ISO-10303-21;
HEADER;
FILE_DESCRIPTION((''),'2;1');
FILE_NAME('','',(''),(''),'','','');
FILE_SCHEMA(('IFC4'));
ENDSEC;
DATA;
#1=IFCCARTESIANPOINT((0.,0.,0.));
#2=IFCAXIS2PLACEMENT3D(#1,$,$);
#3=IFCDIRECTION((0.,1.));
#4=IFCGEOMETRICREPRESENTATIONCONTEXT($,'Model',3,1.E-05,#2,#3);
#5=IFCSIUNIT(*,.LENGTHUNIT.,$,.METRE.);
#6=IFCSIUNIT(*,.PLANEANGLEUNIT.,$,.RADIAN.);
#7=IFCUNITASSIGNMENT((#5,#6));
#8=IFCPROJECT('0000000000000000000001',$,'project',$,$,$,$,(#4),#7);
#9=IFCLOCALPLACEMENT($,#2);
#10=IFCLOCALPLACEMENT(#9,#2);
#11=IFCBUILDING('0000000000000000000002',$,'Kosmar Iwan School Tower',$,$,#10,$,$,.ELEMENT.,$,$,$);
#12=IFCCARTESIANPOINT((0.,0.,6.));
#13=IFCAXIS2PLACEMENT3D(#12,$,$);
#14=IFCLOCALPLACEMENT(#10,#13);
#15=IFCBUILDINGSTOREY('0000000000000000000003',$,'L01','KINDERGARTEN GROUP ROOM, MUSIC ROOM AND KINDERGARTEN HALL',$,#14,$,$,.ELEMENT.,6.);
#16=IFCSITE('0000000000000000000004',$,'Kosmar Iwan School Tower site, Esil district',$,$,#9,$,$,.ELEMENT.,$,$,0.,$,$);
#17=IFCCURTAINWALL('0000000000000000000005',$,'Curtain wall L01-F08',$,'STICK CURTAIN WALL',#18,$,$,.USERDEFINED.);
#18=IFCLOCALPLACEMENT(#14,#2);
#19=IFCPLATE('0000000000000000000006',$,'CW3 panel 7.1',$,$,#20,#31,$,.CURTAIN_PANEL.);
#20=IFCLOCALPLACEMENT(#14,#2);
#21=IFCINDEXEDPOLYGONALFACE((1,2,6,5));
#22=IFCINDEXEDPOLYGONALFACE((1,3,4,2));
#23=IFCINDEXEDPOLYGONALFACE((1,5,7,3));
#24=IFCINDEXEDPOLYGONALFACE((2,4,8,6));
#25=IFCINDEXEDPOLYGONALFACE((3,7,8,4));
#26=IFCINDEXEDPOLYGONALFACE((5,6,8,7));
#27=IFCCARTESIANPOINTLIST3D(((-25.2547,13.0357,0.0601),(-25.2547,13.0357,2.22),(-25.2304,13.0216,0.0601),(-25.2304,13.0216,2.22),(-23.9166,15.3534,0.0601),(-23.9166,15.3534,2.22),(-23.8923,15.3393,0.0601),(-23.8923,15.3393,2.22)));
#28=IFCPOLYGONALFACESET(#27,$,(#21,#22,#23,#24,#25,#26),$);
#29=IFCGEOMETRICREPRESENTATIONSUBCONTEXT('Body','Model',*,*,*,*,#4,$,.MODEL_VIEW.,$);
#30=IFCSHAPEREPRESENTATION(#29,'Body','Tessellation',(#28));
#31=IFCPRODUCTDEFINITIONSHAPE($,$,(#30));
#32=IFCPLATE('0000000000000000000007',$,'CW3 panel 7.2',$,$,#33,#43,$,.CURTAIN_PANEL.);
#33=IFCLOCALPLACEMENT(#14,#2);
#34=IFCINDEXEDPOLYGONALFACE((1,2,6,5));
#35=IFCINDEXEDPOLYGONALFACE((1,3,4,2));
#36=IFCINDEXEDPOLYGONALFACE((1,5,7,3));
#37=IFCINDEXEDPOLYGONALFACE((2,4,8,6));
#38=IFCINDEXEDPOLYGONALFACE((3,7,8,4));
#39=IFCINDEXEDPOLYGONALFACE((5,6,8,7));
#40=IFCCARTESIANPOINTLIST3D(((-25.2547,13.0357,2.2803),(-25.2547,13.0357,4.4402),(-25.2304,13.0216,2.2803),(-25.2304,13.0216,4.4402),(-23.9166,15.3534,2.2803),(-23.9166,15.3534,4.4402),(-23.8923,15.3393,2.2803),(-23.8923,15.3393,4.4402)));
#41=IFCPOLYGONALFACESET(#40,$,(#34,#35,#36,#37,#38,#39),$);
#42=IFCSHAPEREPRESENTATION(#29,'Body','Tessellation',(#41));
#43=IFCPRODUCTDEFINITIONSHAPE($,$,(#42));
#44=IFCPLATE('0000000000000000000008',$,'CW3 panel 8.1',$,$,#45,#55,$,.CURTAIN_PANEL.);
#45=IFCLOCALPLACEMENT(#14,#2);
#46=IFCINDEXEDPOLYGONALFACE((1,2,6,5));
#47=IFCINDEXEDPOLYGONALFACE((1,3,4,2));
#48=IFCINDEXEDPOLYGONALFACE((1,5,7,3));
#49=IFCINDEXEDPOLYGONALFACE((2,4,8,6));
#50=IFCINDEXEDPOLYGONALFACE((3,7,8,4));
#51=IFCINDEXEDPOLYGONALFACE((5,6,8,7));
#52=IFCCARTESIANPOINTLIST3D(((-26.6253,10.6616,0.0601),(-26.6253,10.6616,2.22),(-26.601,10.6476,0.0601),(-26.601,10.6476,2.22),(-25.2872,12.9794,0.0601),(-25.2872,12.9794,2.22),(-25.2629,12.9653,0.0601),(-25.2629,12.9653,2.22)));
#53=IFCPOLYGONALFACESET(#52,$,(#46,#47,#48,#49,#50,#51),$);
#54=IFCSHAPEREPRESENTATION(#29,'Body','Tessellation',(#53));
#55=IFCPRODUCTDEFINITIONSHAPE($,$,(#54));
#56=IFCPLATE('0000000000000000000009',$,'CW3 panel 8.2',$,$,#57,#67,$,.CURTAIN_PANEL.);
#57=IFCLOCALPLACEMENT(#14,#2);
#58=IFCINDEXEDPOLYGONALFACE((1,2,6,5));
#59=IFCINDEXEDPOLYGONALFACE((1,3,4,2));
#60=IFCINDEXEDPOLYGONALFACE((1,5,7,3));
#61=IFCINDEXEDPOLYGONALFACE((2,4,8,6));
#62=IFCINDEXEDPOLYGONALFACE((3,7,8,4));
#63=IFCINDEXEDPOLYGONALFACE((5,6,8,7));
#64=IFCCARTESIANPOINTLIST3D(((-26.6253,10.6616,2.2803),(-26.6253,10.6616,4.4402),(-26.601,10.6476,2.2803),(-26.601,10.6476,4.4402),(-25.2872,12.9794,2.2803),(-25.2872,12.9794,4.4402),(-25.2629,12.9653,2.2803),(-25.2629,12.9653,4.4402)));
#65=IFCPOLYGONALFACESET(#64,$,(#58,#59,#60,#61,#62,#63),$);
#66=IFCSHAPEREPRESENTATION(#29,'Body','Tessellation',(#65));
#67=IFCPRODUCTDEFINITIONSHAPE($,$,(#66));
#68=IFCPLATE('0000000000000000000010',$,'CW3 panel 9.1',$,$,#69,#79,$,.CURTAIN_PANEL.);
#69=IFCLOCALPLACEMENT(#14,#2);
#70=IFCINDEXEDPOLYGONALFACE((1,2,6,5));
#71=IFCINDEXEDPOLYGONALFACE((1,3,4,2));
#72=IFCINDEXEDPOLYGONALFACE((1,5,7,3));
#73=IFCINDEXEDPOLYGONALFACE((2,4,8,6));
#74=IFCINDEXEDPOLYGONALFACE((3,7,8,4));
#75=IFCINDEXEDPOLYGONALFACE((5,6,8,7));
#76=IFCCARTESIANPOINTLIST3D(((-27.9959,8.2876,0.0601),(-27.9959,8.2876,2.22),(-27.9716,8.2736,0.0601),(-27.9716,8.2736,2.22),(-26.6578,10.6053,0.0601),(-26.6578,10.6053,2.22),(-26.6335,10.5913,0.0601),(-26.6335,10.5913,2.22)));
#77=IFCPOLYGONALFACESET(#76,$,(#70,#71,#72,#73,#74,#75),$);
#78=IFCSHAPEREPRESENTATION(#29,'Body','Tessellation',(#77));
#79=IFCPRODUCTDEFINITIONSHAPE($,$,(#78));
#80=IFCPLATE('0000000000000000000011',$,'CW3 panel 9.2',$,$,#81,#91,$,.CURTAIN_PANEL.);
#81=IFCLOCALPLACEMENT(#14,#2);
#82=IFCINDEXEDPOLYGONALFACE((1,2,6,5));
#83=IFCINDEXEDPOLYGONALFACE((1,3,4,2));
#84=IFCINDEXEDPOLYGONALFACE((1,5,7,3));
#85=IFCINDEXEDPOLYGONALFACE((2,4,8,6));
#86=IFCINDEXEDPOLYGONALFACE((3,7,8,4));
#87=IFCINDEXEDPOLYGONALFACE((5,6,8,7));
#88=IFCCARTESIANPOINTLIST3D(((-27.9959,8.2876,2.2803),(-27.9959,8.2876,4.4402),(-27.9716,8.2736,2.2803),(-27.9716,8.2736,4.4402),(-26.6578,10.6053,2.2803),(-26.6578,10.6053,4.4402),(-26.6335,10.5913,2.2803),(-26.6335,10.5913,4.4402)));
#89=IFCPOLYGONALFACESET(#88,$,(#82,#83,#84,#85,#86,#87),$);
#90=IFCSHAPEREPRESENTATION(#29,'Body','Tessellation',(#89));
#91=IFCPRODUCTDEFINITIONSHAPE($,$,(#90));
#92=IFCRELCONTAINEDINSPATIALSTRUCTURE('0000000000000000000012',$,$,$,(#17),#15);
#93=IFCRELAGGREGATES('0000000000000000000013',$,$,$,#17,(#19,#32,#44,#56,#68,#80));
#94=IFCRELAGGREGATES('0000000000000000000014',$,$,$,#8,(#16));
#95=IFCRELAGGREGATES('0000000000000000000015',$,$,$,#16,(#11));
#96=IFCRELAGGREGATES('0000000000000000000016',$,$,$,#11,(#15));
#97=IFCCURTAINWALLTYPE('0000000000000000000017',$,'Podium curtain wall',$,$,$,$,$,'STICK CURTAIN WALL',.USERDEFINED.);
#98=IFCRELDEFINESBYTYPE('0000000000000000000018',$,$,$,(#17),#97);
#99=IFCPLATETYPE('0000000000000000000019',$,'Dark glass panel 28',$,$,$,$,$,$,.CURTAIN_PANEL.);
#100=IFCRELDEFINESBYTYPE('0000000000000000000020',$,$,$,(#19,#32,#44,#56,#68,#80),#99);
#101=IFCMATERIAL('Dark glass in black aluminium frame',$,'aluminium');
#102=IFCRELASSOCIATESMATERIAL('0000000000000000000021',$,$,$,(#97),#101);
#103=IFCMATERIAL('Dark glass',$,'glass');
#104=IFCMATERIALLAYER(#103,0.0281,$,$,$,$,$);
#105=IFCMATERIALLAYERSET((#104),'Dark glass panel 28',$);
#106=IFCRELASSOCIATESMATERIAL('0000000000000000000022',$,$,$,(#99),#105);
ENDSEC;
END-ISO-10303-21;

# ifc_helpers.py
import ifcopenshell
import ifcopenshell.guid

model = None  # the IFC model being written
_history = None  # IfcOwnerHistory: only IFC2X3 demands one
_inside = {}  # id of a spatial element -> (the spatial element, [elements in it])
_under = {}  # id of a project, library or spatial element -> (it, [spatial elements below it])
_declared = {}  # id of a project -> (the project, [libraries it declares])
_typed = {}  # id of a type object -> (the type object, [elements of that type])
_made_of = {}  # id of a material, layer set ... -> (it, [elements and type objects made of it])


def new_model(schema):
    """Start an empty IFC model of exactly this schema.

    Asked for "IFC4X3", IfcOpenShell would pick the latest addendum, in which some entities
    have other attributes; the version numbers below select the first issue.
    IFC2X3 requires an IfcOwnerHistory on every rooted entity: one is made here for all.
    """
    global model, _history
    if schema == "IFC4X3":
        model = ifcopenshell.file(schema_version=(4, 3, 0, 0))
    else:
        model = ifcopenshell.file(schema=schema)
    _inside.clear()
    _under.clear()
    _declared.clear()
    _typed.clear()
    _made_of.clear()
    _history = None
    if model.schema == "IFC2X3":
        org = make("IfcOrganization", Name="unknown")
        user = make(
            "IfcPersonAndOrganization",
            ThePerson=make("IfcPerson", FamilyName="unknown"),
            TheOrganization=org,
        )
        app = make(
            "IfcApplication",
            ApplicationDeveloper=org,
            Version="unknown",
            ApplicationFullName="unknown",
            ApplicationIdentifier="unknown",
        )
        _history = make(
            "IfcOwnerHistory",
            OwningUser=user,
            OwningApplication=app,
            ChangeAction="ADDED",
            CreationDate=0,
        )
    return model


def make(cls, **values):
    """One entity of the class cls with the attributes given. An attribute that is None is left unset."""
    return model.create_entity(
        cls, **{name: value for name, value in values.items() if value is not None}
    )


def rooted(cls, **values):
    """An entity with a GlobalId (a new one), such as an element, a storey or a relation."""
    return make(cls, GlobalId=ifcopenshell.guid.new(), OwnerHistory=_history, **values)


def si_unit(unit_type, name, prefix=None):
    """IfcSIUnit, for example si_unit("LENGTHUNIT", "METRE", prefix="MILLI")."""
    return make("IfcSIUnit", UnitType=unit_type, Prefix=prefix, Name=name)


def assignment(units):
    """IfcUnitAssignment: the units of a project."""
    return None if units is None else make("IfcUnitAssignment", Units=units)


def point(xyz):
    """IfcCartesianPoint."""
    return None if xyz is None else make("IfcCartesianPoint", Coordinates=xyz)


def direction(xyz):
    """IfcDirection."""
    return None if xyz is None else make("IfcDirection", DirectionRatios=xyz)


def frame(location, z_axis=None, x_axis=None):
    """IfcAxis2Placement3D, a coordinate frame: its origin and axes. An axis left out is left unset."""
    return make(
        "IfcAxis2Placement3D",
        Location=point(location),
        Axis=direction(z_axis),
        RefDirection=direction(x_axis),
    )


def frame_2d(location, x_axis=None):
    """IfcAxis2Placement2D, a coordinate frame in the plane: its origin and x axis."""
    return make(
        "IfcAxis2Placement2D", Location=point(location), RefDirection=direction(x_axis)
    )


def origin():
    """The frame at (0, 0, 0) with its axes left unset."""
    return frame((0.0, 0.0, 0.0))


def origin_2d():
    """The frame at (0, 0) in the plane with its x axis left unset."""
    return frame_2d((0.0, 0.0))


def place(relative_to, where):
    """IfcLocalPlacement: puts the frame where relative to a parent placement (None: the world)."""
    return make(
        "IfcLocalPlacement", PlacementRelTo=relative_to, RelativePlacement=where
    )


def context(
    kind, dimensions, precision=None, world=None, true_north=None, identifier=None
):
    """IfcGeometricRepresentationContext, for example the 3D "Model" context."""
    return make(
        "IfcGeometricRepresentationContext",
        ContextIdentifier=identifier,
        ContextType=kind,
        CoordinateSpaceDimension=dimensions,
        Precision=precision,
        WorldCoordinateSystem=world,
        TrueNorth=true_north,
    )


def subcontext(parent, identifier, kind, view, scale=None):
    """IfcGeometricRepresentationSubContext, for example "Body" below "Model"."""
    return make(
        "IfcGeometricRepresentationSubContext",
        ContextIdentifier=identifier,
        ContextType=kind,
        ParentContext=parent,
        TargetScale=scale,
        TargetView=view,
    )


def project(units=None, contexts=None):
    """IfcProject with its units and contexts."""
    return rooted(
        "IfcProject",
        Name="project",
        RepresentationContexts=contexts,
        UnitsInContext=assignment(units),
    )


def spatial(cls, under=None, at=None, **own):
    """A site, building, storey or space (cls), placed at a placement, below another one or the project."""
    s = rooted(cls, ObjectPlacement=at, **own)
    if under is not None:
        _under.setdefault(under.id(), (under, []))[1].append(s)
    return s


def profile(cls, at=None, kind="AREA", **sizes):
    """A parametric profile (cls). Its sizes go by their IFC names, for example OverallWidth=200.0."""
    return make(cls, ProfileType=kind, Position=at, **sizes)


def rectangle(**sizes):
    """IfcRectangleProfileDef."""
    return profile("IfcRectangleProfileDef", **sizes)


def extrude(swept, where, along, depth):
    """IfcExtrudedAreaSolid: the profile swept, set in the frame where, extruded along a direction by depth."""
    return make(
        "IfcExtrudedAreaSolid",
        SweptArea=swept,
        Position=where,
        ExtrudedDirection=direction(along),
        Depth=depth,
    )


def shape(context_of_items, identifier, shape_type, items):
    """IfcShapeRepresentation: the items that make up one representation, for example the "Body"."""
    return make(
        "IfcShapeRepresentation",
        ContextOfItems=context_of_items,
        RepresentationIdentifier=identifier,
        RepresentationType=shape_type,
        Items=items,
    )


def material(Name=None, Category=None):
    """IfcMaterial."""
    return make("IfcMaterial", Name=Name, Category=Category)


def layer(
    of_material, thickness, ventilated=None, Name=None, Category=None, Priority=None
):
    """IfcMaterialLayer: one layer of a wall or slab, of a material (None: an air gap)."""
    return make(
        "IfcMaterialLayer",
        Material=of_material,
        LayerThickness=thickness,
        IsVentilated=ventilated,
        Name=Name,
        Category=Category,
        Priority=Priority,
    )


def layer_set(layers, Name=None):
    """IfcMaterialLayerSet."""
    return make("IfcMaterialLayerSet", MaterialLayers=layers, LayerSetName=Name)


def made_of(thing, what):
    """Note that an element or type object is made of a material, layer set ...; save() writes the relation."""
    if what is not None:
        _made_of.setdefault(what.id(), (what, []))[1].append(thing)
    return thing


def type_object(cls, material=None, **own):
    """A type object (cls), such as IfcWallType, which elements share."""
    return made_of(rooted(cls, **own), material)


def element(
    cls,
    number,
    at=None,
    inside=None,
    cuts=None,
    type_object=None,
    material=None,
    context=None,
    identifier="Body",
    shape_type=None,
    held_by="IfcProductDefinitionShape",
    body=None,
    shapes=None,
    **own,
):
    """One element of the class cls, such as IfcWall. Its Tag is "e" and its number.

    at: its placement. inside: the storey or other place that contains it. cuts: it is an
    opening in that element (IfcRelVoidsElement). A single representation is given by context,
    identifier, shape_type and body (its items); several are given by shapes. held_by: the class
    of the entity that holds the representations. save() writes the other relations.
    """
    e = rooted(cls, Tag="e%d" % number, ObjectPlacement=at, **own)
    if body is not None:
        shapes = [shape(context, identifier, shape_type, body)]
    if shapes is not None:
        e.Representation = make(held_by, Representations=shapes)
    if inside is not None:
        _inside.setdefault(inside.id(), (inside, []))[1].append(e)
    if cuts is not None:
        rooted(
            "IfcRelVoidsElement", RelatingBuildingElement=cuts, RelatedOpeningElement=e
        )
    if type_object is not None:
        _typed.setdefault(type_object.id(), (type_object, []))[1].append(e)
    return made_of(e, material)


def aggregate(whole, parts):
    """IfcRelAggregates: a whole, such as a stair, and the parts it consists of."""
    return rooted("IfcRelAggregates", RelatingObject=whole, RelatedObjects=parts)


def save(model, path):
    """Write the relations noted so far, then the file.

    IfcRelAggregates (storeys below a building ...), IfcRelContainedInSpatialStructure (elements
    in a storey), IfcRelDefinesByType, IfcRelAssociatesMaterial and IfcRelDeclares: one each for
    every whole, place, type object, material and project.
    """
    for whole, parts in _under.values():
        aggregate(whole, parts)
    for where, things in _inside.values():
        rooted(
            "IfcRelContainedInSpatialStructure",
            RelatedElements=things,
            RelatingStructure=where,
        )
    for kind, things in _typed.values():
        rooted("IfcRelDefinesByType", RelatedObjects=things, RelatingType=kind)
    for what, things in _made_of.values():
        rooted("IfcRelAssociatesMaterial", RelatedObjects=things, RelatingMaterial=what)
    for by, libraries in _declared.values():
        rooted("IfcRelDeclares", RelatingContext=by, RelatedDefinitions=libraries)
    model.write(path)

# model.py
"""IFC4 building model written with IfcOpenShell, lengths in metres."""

from ifc_helpers import new_model, si_unit, direction, frame, origin, origin_2d, place, context, subcontext, project, spatial, rectangle, extrude, material, layer, layer_set, type_object, element, aggregate, save


model = new_model("IFC4")

# Units and contexts
model_context = context("Model", 3, precision=1e-05, world=origin(), true_north=direction((0.0, 1.0)))
body_context = subcontext(model_context, "Body", "Model", "MODEL_VIEW")
ifc_project = project(units=[si_unit("LENGTHUNIT", "METRE"), si_unit("PLANEANGLEUNIT", "RADIAN")], contexts=[model_context])

# Site, building, storey
site_placement = place(None, origin())
site = spatial("IfcSite", under=ifc_project, at=site_placement, Name="Kosmar Iwan School Tower site, Esil district", CompositionType="ELEMENT", RefElevation=0.0)
building_placement = place(site_placement, origin())
building = spatial("IfcBuilding", under=site, at=building_placement, Name="Kosmar Iwan School Tower", CompositionType="ELEMENT")
storey_placement = place(building_placement, frame((0.0, 0.0, 6.0)))
storey = spatial("IfcBuildingStorey", under=building, at=storey_placement, Name="L01", Description="KINDERGARTEN GROUP ROOM, MUSIC ROOM AND KINDERGARTEN HALL", CompositionType="ELEMENT", Elevation=6.0)

# Curtain wall, plates
ifc_material_1 = material(Name="Dark glass in black aluminium frame", Category="aluminium")
curtain_wall_type = type_object("IfcCurtainWallType", Name="Podium curtain wall", ElementType="STICK CURTAIN WALL", PredefinedType="USERDEFINED", material=ifc_material_1)
curtain_wall_placement = place(storey_placement, origin())
curtain_wall = element("IfcCurtainWall", 1, at=curtain_wall_placement, inside=storey, type_object=curtain_wall_type, Name="Curtain wall L01-F08", ObjectType="STICK CURTAIN WALL", PredefinedType="USERDEFINED")
ifc_material_2 = material(Name="Dark glass", Category="glass")
ifc_layer = layer(ifc_material_2, 0.0281)
ifc_layer_set = layer_set([ifc_layer], Name="Dark glass panel 28")
plate_type = type_object("IfcPlateType", Name="Dark glass panel 28", PredefinedType="CURTAIN_PANEL", material=ifc_layer_set)
plate_1_placement = place(storey_placement, frame((-24.5735, 14.1875, 0.0601), z_axis=(0.0, 0.0, 1.0), x_axis=(-0.5, -0.866025, 0.0)))
plate_1 = element("IfcPlate", 2, at=plate_1_placement, type_object=plate_type, Name="CW3 panel 7.1", PredefinedType="CURTAIN_PANEL", context=body_context, shape_type="SweptSolid", body=[
    extrude(rectangle(XDim=2.6763, YDim=0.0281, at=origin_2d()), origin(), (0.0, 0.0, 1.0), 2.1599),
])
plate_2_placement = place(storey_placement, frame((-24.5735, 14.1875, 2.2803), z_axis=(0.0, 0.0, 1.0), x_axis=(-0.5, -0.866025, 0.0)))
plate_2 = element("IfcPlate", 3, at=plate_2_placement, type_object=plate_type, Name="CW3 panel 7.2", PredefinedType="CURTAIN_PANEL", context=body_context, shape_type="SweptSolid", body=[
    extrude(rectangle(XDim=2.6763, YDim=0.0281, at=origin_2d()), origin(), (0.0, 0.0, 1.0), 2.1599),
])
plate_3_placement = place(storey_placement, frame((-25.9441, 11.8135, 0.0601), z_axis=(0.0, 0.0, 1.0), x_axis=(-0.5, -0.866025, 0.0)))
plate_3 = element("IfcPlate", 4, at=plate_3_placement, type_object=plate_type, Name="CW3 panel 8.1", PredefinedType="CURTAIN_PANEL", context=body_context, shape_type="SweptSolid", body=[
    extrude(rectangle(XDim=2.6763, YDim=0.0281, at=origin_2d()), origin(), (0.0, 0.0, 1.0), 2.1599),
])
plate_4_placement = place(storey_placement, frame((-25.9441, 11.8135, 2.2803), z_axis=(0.0, 0.0, 1.0), x_axis=(-0.5, -0.866025, 0.0)))
plate_4 = element("IfcPlate", 5, at=plate_4_placement, type_object=plate_type, Name="CW3 panel 8.2", PredefinedType="CURTAIN_PANEL", context=body_context, shape_type="SweptSolid", body=[
    extrude(rectangle(XDim=2.6763, YDim=0.0281, at=origin_2d()), origin(), (0.0, 0.0, 1.0), 2.1599),
])
plate_5_placement = place(storey_placement, frame((-27.3147, 9.4395, 0.0601), z_axis=(0.0, 0.0, 1.0), x_axis=(-0.5, -0.866025, 0.0)))
plate_5 = element("IfcPlate", 6, at=plate_5_placement, type_object=plate_type, Name="CW3 panel 9.1", PredefinedType="CURTAIN_PANEL", context=body_context, shape_type="SweptSolid", body=[
    extrude(rectangle(XDim=2.6763, YDim=0.0281, at=origin_2d()), origin(), (0.0, 0.0, 1.0), 2.1599),
])
plate_6_placement = place(storey_placement, frame((-27.3147, 9.4395, 2.2803), z_axis=(0.0, 0.0, 1.0), x_axis=(-0.5, -0.866025, 0.0)))
plate_6 = element("IfcPlate", 7, at=plate_6_placement, type_object=plate_type, Name="CW3 panel 9.2", PredefinedType="CURTAIN_PANEL", context=body_context, shape_type="SweptSolid", body=[
    extrude(rectangle(XDim=2.6763, YDim=0.0281, at=origin_2d()), origin(), (0.0, 0.0, 1.0), 2.1599),
])
aggregate(curtain_wall, [plate_1, plate_2, plate_3, plate_4, plate_5, plate_6])

save(model, "model.ifc")
